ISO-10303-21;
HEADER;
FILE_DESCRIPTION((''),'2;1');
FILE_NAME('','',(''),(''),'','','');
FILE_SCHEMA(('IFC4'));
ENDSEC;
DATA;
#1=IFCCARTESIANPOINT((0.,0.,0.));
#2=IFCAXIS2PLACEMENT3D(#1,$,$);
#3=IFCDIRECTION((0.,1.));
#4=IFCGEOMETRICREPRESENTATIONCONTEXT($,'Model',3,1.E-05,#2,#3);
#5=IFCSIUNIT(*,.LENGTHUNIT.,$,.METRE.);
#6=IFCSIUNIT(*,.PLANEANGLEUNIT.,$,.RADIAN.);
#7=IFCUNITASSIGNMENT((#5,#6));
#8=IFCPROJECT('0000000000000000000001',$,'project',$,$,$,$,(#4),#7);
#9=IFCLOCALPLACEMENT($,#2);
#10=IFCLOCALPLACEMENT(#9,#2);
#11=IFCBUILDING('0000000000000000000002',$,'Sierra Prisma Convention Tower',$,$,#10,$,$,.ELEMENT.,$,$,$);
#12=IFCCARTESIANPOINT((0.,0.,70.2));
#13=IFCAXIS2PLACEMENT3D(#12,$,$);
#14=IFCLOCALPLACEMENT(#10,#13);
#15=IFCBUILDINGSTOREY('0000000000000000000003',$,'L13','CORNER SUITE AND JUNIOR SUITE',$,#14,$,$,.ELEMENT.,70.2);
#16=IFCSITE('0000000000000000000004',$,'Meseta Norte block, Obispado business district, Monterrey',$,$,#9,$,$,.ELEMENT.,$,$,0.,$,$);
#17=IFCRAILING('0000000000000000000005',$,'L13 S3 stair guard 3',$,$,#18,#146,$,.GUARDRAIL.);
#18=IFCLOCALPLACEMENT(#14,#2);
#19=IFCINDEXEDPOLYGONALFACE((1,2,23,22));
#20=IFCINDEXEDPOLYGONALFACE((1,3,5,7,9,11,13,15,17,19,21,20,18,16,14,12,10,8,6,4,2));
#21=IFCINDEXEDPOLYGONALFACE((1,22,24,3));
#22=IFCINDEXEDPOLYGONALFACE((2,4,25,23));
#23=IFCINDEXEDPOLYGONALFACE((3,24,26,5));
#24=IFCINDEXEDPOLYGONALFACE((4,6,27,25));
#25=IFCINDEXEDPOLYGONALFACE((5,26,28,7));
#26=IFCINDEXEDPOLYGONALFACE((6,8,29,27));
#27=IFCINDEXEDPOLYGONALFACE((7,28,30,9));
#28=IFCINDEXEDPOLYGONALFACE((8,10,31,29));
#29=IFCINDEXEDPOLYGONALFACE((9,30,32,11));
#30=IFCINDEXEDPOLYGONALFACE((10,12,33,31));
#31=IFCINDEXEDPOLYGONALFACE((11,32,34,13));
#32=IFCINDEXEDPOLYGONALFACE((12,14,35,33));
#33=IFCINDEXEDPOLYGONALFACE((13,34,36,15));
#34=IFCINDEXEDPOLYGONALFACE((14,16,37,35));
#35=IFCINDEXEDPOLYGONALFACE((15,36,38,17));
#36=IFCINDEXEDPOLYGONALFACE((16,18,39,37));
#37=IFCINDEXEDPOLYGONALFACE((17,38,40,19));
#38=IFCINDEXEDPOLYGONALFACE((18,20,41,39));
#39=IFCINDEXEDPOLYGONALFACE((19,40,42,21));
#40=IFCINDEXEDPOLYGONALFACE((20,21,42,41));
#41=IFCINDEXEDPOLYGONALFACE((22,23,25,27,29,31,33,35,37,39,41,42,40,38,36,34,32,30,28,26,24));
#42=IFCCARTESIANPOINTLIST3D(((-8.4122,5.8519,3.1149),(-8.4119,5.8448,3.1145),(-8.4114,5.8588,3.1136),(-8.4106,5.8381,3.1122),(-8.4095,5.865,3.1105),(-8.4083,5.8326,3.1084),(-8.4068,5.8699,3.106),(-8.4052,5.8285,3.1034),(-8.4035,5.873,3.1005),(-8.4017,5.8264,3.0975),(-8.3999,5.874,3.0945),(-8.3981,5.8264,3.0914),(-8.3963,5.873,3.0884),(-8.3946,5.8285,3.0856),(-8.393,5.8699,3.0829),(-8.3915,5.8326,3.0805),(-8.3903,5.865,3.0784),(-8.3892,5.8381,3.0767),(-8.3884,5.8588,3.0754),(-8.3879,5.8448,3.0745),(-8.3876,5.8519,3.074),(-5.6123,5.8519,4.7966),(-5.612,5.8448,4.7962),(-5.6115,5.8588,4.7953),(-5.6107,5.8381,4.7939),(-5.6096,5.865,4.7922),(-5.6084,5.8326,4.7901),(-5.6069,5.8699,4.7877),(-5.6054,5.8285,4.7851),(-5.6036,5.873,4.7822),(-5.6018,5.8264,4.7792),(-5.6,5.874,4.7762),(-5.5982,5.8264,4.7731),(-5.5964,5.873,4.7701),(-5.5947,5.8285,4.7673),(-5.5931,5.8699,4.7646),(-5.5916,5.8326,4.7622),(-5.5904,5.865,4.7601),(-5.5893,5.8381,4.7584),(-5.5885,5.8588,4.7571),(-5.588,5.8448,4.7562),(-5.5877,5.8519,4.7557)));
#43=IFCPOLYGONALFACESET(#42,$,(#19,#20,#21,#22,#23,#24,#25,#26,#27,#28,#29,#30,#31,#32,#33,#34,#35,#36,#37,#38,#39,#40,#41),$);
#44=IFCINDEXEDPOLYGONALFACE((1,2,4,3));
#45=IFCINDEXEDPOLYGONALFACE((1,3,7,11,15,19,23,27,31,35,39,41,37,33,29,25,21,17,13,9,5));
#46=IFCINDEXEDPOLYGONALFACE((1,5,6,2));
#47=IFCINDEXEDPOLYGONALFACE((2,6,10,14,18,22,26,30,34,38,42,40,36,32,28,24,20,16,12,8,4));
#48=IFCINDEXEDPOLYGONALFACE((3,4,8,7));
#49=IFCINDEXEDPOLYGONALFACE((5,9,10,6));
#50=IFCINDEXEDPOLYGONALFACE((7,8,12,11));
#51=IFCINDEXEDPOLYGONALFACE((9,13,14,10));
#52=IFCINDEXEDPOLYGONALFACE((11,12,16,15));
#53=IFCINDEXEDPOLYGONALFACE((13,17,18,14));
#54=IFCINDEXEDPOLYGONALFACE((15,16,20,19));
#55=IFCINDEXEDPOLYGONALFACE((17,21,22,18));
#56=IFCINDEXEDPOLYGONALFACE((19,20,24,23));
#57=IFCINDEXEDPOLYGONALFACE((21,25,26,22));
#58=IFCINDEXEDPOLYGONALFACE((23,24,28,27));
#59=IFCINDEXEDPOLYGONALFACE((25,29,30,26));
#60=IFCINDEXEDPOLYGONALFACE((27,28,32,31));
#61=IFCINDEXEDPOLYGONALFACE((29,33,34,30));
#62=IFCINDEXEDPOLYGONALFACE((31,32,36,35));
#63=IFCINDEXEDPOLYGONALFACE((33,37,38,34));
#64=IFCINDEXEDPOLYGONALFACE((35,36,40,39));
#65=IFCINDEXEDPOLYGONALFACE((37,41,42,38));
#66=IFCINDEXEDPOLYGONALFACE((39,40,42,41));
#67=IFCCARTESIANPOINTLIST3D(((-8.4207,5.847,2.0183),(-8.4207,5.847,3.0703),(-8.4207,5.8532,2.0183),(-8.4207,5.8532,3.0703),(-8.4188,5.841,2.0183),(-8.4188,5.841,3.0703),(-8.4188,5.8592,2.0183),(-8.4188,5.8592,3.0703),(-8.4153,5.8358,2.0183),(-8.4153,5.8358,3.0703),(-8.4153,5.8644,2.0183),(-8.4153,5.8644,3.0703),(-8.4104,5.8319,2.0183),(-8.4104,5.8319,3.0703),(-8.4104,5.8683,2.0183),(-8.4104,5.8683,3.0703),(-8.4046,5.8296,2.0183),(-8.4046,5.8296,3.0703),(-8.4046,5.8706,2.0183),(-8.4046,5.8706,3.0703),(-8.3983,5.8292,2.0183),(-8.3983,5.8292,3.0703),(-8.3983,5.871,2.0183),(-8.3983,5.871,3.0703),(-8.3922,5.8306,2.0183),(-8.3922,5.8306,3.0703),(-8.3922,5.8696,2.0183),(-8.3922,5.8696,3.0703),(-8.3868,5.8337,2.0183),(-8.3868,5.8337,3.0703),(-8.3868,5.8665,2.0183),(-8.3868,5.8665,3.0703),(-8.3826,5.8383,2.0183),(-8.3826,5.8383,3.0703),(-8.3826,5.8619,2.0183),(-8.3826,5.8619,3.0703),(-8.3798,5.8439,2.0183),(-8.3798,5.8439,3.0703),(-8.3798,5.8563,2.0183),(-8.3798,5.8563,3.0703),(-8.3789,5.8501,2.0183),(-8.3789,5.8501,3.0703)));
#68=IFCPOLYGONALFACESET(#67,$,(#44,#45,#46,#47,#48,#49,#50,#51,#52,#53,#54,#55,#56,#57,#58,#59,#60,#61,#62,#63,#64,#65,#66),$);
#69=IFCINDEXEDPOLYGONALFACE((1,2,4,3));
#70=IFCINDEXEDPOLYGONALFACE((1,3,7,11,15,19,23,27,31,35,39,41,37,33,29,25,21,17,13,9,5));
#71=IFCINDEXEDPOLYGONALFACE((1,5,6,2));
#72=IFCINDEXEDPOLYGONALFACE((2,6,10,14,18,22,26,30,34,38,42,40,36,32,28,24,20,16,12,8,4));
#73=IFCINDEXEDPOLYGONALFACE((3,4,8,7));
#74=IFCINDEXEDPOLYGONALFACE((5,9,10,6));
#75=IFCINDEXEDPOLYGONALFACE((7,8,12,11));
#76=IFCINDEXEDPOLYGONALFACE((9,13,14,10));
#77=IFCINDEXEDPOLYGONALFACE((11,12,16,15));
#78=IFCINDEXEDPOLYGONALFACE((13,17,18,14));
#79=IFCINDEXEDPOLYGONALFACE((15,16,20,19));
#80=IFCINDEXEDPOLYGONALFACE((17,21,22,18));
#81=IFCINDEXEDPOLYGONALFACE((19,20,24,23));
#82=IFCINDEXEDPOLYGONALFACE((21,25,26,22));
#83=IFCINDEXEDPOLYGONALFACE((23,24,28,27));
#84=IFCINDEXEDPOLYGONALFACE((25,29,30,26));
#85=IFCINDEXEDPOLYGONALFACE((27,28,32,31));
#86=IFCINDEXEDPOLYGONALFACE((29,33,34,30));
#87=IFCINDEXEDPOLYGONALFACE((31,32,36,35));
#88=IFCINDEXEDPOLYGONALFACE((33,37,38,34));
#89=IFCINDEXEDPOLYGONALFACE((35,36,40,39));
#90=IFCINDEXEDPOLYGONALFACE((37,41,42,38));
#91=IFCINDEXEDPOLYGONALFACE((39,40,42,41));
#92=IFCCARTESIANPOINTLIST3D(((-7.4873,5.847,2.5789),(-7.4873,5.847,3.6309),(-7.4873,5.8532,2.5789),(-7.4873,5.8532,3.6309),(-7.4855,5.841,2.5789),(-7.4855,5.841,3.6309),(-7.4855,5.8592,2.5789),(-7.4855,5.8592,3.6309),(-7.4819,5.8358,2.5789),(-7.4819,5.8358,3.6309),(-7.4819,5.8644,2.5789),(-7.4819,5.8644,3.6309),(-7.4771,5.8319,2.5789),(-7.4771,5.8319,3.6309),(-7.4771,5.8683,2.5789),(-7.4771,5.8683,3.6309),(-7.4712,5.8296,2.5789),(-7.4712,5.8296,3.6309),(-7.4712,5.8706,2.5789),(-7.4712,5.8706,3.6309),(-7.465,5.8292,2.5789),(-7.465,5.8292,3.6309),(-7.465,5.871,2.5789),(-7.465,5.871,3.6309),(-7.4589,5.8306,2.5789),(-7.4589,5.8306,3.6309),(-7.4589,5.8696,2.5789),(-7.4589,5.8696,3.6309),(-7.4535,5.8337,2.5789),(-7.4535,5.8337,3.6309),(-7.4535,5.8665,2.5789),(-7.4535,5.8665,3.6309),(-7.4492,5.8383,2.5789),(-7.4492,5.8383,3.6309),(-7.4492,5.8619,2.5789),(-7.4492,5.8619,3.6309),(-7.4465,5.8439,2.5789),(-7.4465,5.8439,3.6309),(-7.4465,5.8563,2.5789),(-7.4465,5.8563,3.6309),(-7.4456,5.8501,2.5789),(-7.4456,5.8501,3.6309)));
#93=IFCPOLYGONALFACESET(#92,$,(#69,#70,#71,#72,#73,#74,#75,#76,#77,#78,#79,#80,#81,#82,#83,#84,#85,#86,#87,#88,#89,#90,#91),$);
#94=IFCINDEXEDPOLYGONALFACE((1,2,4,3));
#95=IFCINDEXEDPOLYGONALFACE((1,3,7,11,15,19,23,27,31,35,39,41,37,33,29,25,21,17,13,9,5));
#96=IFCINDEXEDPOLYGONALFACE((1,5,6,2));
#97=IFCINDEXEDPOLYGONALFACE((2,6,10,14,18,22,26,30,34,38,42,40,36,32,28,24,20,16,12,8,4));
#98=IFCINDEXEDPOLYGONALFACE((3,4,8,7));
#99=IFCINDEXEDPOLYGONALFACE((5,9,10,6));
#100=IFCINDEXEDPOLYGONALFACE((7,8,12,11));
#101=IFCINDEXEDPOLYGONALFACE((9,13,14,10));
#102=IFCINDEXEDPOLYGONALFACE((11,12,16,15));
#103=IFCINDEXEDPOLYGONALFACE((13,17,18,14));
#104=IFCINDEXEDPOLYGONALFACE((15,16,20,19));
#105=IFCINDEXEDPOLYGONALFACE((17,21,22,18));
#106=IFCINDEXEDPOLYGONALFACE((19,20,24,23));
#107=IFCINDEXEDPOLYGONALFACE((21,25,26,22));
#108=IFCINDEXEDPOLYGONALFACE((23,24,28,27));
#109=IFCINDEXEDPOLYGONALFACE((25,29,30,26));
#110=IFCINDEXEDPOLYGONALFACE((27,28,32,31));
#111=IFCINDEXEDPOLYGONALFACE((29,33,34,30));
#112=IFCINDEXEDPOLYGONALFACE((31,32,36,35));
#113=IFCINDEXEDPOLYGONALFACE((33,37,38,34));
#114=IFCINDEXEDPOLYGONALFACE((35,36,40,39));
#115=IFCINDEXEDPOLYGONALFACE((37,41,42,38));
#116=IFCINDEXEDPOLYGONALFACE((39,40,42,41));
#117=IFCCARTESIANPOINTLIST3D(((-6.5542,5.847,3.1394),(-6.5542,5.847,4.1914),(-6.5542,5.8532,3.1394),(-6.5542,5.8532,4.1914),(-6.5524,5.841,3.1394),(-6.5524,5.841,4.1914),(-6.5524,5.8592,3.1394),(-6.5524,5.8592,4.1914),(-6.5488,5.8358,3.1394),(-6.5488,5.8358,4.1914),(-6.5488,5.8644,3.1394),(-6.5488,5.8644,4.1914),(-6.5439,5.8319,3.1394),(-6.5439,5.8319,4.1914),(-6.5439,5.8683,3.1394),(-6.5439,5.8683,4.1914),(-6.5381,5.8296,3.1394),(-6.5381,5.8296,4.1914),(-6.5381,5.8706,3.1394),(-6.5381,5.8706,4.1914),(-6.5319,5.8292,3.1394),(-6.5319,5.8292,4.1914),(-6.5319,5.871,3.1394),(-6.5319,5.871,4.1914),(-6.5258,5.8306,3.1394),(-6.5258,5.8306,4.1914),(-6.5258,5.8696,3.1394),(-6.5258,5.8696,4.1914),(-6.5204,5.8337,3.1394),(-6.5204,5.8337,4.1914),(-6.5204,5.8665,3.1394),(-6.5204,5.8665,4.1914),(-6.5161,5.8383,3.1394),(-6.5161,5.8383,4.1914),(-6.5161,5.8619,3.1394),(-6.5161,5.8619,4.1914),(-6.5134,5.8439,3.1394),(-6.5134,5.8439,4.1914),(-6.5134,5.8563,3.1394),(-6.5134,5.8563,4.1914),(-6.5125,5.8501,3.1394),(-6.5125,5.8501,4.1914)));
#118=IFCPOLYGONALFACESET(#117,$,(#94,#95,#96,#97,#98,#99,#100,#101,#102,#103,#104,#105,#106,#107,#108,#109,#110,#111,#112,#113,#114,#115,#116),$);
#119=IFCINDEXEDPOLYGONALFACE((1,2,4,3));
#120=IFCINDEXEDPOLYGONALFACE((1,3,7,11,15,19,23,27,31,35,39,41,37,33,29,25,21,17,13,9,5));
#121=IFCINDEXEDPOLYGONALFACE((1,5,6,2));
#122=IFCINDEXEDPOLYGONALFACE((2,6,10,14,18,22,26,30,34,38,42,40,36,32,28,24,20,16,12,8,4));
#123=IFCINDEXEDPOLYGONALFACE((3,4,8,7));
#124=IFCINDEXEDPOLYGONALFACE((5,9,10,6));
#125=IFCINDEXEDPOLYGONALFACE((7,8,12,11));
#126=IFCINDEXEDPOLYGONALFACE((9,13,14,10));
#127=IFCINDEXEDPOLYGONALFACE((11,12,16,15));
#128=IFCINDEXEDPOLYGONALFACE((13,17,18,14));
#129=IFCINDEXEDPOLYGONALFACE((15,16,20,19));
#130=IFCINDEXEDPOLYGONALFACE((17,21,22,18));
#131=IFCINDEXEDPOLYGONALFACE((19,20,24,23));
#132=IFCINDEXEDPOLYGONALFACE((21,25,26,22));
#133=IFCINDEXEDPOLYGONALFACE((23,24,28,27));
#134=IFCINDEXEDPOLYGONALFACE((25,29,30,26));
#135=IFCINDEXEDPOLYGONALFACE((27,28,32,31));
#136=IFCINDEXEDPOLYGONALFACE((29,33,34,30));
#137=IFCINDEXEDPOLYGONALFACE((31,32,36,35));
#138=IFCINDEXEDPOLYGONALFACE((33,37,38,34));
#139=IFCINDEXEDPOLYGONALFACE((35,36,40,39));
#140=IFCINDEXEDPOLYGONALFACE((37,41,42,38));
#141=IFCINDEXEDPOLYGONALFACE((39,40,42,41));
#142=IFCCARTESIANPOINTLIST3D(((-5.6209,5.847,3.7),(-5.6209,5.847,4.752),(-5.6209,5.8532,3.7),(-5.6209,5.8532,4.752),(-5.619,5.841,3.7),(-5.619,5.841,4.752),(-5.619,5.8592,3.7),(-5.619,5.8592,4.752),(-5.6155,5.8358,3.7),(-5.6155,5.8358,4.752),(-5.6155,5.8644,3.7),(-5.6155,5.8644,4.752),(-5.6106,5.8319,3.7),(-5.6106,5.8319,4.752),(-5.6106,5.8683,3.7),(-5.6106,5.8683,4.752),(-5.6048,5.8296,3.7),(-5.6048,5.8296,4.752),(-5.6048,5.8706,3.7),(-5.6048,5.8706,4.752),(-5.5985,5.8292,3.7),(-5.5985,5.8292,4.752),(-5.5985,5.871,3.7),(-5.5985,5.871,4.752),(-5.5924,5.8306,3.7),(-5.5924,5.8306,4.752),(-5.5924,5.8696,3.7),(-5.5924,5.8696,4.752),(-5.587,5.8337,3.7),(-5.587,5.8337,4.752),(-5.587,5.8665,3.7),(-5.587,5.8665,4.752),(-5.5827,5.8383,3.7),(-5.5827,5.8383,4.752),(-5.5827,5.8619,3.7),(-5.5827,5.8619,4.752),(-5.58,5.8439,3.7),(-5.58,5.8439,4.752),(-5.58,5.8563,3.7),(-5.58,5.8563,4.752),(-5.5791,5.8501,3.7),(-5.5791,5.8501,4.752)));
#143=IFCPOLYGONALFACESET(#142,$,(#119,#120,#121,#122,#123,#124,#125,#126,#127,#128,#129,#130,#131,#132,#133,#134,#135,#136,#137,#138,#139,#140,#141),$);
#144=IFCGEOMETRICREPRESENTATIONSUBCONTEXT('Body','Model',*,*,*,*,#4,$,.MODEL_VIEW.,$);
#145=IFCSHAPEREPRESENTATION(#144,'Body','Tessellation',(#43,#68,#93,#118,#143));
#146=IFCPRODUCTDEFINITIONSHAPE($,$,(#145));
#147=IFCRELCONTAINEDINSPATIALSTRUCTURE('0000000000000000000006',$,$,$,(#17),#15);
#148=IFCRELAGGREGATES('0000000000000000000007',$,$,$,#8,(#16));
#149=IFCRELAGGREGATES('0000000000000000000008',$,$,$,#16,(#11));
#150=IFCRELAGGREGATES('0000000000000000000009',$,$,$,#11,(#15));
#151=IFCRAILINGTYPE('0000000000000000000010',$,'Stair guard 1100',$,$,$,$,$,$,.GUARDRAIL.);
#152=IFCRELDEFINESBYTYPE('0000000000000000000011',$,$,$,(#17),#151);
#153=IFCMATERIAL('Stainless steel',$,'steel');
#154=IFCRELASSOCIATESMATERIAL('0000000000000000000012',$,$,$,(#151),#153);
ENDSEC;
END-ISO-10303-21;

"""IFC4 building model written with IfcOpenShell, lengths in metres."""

from ifc_helpers import new_model, si_unit, direction, frame, origin, origin_2d, place, context, subcontext, project, spatial, circle, extrude, material, type_object, element, save


model = new_model("IFC4")

# Units and contexts
model_context = context("Model", 3, precision=1e-05, world=origin(), true_north=direction((0.0, 1.0)))
body_context = subcontext(model_context, "Body", "Model", "MODEL_VIEW")
ifc_project = project(units=[si_unit("LENGTHUNIT", "METRE"), si_unit("PLANEANGLEUNIT", "RADIAN")], contexts=[model_context])

# Site, building, storey
site_placement = place(None, origin())
site = spatial("IfcSite", under=ifc_project, at=site_placement, Name="Meseta Norte block, Obispado business district, Monterrey", CompositionType="ELEMENT", RefElevation=0.0)
building_placement = place(site_placement, origin())
building = spatial("IfcBuilding", under=site, at=building_placement, Name="Sierra Prisma Convention Tower", CompositionType="ELEMENT")
storey_placement = place(building_placement, frame((0.0, 0.0, 70.2)))
storey = spatial("IfcBuildingStorey", under=building, at=storey_placement, Name="L13", Description="CORNER SUITE AND JUNIOR SUITE", CompositionType="ELEMENT", Elevation=70.2)

# Railing
ifc_material_1 = material(Name="Stainless steel", Category="steel")
railing_type_1 = type_object("IfcRailingType", Name="Stair guard 1100", PredefinedType="GUARDRAIL", material=ifc_material_1)
railing_1_placement = place(storey_placement, frame((-8.3999, 5.8501, 2.0183)))
element("IfcRailing", 1, at=railing_1_placement, inside=storey, type_object=railing_type_1, Name="L13 S3 stair guard 3", PredefinedType="GUARDRAIL", context=body_context, shape_type="SweptSolid", body=[
    extrude(circle(Radius=0.0239, at=origin_2d()), frame((0.0, 0.0, 1.0762), z_axis=(0.857255, 0.0, 0.514891), x_axis=(0.0, 1.0, 0.0)), (0.0, 0.0, 1.0), 3.2661),
    extrude(circle(Radius=0.021, at=origin_2d()), origin(), (0.0, 0.0, 1.0), 1.052),
    extrude(circle(Radius=0.021, at=origin_2d()), frame((0.9333, 0.0, 0.5605)), (0.0, 0.0, 1.0), 1.052),
    extrude(circle(Radius=0.021, at=origin_2d()), frame((1.8665, 0.0, 1.1211)), (0.0, 0.0, 1.0), 1.052),
    extrude(circle(Radius=0.021, at=origin_2d()), frame((2.7998, 0.0, 1.6816)), (0.0, 0.0, 1.0), 1.052),
])

save(model, "model.ifc")
